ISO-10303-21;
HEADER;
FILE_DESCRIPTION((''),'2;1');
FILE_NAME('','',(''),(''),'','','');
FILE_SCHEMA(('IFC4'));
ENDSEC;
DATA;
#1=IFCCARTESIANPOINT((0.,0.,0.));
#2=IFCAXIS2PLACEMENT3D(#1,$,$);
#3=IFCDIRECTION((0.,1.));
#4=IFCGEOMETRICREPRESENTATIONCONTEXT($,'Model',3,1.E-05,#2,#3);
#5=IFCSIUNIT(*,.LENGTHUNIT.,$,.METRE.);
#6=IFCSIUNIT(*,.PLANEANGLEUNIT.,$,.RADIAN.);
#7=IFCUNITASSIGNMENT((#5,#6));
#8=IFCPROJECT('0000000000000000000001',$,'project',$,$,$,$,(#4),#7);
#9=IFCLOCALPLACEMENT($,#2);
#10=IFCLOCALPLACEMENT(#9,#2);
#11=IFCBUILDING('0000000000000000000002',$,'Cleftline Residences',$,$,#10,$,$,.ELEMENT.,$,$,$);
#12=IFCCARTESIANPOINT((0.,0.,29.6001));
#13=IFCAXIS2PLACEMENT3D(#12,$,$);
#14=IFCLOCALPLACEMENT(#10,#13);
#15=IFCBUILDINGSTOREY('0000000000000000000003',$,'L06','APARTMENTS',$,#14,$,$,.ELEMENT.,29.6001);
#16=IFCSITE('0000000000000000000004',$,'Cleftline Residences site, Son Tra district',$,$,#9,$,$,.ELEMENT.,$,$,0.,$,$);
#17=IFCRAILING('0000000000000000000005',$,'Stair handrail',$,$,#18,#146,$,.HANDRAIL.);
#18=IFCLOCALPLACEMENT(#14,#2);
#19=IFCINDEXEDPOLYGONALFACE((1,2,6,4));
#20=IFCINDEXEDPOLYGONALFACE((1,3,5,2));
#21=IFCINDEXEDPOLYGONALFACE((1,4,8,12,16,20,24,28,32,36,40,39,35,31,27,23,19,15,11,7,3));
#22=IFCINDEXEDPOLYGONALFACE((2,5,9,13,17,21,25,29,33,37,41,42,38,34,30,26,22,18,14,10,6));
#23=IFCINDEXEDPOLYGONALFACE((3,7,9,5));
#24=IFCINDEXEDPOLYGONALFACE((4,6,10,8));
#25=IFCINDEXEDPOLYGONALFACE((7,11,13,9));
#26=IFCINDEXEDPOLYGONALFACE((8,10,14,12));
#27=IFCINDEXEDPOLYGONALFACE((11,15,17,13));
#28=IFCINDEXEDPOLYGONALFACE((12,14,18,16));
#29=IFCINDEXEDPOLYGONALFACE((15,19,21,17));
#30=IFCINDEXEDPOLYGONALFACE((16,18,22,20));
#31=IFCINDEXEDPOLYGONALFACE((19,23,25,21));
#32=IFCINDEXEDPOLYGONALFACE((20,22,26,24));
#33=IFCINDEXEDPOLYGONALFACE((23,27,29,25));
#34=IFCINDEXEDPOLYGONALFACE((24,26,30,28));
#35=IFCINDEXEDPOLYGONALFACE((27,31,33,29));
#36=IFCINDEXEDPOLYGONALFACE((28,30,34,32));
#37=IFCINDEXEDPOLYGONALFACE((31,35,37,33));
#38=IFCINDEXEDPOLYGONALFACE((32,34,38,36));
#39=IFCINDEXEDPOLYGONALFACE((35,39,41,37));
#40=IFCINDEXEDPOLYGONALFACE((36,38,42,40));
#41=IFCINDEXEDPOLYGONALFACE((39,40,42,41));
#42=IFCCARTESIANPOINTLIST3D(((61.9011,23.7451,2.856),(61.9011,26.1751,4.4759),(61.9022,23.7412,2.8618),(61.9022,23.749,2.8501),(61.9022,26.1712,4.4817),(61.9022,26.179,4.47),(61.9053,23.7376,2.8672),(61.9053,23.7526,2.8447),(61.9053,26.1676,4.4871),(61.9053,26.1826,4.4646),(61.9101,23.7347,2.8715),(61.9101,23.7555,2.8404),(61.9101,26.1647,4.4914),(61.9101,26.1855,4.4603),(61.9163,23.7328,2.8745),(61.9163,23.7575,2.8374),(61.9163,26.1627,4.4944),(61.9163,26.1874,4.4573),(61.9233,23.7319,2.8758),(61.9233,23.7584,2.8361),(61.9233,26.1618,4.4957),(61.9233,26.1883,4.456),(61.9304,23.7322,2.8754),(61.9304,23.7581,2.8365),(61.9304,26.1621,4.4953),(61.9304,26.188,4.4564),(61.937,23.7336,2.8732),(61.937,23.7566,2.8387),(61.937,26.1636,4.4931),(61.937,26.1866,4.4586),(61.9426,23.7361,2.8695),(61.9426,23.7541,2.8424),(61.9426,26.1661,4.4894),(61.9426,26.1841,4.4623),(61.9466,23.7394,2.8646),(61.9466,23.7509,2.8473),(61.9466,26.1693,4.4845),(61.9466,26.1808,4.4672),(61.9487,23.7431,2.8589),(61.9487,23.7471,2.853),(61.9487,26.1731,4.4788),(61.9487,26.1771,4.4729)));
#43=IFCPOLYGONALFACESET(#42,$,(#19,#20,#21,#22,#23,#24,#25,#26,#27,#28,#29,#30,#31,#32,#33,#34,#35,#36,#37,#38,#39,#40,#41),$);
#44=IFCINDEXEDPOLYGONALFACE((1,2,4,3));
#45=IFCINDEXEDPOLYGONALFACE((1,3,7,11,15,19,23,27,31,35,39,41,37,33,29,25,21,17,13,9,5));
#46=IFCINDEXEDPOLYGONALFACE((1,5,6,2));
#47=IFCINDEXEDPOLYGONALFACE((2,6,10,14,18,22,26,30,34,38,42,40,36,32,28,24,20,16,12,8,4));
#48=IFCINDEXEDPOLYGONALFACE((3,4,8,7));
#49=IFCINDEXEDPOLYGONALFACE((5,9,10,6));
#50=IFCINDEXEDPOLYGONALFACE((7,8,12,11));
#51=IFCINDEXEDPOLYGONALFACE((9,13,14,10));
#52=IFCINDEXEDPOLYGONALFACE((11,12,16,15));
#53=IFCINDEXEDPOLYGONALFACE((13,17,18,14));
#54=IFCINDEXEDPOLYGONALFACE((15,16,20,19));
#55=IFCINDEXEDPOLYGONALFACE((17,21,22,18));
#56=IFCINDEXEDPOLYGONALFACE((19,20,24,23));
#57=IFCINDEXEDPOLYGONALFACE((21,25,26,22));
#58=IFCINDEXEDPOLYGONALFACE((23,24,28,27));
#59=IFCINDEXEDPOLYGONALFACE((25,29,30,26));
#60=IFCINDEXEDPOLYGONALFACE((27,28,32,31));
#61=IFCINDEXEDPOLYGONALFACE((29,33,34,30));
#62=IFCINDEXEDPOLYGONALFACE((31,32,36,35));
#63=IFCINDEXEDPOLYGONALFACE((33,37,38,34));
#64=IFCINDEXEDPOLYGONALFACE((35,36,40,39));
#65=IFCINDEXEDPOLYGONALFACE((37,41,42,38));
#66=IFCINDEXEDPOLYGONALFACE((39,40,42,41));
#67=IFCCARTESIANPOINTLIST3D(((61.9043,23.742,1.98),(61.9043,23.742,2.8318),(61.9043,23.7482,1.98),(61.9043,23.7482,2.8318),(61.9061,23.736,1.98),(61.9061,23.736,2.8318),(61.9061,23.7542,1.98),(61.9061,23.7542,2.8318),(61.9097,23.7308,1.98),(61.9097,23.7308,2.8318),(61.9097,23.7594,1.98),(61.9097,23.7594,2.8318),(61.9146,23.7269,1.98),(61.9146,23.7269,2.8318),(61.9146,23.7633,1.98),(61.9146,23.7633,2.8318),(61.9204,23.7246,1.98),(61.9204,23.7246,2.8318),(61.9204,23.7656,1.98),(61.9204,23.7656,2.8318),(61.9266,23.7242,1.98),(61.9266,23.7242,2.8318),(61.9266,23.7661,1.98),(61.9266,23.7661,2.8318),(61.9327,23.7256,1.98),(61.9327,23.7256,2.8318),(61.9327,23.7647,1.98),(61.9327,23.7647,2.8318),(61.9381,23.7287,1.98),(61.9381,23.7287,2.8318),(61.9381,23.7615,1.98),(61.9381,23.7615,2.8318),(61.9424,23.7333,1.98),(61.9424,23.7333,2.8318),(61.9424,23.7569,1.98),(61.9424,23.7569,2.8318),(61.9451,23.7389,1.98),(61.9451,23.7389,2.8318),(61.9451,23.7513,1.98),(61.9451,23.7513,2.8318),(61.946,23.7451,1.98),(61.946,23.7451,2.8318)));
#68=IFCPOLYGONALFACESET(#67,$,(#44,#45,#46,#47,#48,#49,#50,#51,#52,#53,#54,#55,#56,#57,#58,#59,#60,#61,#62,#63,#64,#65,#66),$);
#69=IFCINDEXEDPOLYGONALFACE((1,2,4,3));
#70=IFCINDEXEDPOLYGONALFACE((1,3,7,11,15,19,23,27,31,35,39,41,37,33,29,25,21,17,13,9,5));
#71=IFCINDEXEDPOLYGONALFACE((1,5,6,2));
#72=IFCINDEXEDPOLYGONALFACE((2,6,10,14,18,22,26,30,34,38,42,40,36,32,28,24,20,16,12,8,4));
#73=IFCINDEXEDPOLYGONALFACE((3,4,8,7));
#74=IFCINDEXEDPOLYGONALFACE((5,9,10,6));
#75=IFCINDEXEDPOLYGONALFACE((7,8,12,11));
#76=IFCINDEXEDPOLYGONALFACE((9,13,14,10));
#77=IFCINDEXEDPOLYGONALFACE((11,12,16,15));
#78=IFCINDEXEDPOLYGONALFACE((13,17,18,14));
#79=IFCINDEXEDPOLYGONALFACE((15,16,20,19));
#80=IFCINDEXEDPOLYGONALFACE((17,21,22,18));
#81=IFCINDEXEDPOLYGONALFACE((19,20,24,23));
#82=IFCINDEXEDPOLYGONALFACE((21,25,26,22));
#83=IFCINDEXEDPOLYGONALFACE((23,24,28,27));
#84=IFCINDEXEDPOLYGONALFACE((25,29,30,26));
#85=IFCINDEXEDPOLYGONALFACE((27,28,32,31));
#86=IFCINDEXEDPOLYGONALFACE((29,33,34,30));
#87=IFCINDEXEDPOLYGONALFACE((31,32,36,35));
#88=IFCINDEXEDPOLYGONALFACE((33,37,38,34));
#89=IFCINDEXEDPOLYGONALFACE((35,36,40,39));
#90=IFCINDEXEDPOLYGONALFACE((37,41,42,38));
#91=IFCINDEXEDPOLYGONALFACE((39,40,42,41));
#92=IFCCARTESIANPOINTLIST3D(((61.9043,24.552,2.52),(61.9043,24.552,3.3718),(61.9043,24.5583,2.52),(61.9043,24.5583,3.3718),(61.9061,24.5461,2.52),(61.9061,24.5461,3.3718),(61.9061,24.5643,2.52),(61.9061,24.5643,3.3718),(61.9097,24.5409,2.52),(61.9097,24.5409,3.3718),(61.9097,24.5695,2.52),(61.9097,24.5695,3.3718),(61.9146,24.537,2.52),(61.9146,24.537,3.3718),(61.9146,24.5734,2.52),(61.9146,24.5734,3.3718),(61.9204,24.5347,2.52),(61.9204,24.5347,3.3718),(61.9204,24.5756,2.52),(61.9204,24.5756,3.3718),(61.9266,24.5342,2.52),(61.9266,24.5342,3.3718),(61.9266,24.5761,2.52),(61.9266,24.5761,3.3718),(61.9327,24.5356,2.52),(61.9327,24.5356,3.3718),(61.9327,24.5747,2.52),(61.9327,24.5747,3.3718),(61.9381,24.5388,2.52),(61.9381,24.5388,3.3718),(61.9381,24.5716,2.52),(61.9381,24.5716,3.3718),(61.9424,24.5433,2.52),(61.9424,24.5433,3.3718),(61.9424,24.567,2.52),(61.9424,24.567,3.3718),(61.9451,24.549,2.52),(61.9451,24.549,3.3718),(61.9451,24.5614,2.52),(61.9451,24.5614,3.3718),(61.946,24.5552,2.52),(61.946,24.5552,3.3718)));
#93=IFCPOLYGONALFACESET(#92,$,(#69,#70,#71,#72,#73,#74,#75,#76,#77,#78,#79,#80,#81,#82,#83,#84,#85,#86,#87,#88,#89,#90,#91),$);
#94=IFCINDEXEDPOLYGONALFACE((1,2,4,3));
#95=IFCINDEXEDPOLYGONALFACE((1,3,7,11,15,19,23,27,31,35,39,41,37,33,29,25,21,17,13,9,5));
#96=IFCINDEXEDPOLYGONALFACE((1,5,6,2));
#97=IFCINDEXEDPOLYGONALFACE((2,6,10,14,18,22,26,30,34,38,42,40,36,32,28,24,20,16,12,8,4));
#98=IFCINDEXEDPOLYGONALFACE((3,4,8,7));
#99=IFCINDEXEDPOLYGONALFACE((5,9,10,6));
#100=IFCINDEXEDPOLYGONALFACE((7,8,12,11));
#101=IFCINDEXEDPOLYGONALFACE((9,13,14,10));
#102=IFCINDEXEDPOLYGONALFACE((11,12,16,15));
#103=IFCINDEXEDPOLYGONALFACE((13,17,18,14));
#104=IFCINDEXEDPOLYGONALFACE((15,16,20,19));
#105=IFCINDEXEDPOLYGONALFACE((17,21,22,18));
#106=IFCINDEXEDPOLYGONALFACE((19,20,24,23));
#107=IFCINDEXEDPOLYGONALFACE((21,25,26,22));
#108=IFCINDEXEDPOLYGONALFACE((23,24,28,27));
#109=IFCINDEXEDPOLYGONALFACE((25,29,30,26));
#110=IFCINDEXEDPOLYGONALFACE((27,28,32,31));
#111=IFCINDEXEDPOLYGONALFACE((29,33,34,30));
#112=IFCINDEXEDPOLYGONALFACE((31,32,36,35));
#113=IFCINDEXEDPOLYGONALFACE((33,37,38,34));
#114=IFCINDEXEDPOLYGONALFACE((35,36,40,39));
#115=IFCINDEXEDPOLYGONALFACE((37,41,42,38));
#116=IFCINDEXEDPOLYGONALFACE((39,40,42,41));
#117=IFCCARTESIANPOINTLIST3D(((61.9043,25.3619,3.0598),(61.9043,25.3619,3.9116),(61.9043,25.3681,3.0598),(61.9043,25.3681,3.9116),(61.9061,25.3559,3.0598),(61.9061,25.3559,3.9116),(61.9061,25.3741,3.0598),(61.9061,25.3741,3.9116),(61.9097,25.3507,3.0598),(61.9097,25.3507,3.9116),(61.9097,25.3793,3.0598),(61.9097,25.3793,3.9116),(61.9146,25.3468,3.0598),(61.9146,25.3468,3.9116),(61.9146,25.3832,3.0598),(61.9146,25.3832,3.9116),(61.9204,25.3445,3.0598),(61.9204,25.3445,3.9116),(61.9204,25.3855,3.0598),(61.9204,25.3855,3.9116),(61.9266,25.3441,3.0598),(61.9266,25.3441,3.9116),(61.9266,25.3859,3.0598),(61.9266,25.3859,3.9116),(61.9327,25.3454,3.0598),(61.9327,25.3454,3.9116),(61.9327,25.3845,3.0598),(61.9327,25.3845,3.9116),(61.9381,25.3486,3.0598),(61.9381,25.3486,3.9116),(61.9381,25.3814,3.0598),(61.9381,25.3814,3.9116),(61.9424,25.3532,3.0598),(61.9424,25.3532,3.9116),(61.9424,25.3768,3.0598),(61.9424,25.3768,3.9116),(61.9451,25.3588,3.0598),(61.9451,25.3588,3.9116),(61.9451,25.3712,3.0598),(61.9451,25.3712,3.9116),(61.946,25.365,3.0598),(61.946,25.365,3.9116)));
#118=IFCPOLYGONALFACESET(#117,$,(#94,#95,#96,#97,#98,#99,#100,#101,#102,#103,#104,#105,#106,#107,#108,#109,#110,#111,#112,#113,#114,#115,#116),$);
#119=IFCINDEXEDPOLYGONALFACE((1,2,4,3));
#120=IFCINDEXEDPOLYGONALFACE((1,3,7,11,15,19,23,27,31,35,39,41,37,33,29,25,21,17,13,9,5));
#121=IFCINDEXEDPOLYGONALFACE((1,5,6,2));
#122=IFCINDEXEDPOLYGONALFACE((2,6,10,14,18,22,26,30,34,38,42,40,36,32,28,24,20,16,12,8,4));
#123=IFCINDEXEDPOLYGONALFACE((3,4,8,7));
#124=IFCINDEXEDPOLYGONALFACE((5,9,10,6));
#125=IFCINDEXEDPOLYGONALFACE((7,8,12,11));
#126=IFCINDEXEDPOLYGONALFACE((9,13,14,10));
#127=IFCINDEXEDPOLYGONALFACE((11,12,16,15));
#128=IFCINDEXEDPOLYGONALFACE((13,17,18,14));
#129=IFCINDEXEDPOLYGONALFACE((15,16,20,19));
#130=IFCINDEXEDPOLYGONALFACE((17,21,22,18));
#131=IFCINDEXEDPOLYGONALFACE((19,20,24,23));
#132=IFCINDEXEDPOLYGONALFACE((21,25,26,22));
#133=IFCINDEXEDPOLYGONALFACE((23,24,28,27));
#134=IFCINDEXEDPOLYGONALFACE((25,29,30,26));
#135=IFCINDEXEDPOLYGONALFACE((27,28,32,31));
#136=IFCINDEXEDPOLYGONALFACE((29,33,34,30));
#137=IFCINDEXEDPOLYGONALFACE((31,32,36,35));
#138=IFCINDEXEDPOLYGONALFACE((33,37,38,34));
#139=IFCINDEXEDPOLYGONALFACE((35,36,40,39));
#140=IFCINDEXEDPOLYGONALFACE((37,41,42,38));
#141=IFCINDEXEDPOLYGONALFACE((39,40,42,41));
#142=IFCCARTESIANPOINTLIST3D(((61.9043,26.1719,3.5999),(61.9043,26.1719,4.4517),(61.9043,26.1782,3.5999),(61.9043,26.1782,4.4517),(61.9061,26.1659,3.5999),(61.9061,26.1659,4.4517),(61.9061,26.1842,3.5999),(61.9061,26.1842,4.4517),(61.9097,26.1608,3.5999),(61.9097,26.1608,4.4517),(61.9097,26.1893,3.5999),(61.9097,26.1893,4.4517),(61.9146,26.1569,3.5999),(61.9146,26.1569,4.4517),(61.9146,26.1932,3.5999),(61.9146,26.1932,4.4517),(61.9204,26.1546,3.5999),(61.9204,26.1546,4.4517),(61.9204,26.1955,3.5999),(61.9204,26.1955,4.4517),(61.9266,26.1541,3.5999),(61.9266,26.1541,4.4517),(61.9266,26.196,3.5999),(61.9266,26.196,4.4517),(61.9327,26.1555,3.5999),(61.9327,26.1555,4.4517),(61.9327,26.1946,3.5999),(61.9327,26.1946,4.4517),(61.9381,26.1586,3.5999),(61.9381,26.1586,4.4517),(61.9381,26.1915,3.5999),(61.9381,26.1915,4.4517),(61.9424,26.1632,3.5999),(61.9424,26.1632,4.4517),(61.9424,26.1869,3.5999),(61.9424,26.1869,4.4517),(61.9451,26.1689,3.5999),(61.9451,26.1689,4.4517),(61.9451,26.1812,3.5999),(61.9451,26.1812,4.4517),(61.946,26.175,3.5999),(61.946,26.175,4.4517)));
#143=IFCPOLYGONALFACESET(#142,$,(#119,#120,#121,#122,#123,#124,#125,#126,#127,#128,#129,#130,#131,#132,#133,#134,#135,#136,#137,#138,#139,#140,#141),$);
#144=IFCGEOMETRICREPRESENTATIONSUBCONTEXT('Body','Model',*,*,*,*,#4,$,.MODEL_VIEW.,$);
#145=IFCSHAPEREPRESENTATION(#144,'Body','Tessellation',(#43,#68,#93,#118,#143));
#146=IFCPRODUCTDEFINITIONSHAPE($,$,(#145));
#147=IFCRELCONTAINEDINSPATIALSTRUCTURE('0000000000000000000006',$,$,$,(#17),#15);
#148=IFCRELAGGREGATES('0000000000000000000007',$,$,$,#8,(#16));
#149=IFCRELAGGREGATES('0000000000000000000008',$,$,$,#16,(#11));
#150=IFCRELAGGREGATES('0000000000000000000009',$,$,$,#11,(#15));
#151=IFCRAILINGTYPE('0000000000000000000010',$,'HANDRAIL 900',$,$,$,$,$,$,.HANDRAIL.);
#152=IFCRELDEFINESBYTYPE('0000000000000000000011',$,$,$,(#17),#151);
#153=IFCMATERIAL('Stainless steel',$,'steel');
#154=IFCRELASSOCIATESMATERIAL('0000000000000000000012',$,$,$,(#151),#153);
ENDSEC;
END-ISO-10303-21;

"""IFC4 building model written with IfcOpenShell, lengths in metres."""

from ifc_helpers import new_model, si_unit, direction, frame, origin, origin_2d, place, context, subcontext, project, spatial, circle, extrude, material, type_object, element, save


model = new_model("IFC4")

# Units and contexts
model_context = context("Model", 3, precision=1e-05, world=origin(), true_north=direction((0.0, 1.0)))
body_context = subcontext(model_context, "Body", "Model", "MODEL_VIEW")
ifc_project = project(units=[si_unit("LENGTHUNIT", "METRE"), si_unit("PLANEANGLEUNIT", "RADIAN")], contexts=[model_context])

# Site, building, storey
site_placement = place(None, origin())
site = spatial("IfcSite", under=ifc_project, at=site_placement, Name="Cleftline Residences site, Son Tra district", CompositionType="ELEMENT", RefElevation=0.0)
building_placement = place(site_placement, origin())
building = spatial("IfcBuilding", under=site, at=building_placement, Name="Cleftline Residences", CompositionType="ELEMENT")
storey_placement = place(building_placement, frame((0.0, 0.0, 29.6001)))
storey = spatial("IfcBuildingStorey", under=building, at=storey_placement, Name="L06", Description="APARTMENTS", CompositionType="ELEMENT", Elevation=29.6001)

# Railing
ifc_material_1 = material(Name="Stainless steel", Category="steel")
railing_type = type_object("IfcRailingType", Name="HANDRAIL 900", PredefinedType="HANDRAIL", material=ifc_material_1)
railing_placement = place(storey_placement, frame((61.925, 23.7451, 1.98)))
element("IfcRailing", 1, at=railing_placement, inside=storey, type_object=railing_type, Name="Stair handrail", PredefinedType="HANDRAIL", context=body_context, shape_type="SweptSolid", body=[
    extrude(circle(Radius=0.0239, at=origin_2d()), frame((0.0, 0.0, 0.876), z_axis=(0.0, 0.832063, 0.554681), x_axis=(-1.0, 0.0, 0.0)), (0.0, 0.0, 1.0), 2.9204),
    extrude(circle(Radius=0.021, at=origin_2d()), origin(), (0.0, 0.0, 1.0), 0.8518),
    extrude(circle(Radius=0.021, at=origin_2d()), frame((0.0, 0.8101, 0.54)), (0.0, 0.0, 1.0), 0.8518),
    extrude(circle(Radius=0.021, at=origin_2d()), frame((0.0, 1.6199, 1.0798)), (0.0, 0.0, 1.0), 0.8518),
    extrude(circle(Radius=0.021, at=origin_2d()), frame((0.0, 2.4299, 1.6199)), (0.0, 0.0, 1.0), 0.8518),
])

save(model, "model.ifc")
